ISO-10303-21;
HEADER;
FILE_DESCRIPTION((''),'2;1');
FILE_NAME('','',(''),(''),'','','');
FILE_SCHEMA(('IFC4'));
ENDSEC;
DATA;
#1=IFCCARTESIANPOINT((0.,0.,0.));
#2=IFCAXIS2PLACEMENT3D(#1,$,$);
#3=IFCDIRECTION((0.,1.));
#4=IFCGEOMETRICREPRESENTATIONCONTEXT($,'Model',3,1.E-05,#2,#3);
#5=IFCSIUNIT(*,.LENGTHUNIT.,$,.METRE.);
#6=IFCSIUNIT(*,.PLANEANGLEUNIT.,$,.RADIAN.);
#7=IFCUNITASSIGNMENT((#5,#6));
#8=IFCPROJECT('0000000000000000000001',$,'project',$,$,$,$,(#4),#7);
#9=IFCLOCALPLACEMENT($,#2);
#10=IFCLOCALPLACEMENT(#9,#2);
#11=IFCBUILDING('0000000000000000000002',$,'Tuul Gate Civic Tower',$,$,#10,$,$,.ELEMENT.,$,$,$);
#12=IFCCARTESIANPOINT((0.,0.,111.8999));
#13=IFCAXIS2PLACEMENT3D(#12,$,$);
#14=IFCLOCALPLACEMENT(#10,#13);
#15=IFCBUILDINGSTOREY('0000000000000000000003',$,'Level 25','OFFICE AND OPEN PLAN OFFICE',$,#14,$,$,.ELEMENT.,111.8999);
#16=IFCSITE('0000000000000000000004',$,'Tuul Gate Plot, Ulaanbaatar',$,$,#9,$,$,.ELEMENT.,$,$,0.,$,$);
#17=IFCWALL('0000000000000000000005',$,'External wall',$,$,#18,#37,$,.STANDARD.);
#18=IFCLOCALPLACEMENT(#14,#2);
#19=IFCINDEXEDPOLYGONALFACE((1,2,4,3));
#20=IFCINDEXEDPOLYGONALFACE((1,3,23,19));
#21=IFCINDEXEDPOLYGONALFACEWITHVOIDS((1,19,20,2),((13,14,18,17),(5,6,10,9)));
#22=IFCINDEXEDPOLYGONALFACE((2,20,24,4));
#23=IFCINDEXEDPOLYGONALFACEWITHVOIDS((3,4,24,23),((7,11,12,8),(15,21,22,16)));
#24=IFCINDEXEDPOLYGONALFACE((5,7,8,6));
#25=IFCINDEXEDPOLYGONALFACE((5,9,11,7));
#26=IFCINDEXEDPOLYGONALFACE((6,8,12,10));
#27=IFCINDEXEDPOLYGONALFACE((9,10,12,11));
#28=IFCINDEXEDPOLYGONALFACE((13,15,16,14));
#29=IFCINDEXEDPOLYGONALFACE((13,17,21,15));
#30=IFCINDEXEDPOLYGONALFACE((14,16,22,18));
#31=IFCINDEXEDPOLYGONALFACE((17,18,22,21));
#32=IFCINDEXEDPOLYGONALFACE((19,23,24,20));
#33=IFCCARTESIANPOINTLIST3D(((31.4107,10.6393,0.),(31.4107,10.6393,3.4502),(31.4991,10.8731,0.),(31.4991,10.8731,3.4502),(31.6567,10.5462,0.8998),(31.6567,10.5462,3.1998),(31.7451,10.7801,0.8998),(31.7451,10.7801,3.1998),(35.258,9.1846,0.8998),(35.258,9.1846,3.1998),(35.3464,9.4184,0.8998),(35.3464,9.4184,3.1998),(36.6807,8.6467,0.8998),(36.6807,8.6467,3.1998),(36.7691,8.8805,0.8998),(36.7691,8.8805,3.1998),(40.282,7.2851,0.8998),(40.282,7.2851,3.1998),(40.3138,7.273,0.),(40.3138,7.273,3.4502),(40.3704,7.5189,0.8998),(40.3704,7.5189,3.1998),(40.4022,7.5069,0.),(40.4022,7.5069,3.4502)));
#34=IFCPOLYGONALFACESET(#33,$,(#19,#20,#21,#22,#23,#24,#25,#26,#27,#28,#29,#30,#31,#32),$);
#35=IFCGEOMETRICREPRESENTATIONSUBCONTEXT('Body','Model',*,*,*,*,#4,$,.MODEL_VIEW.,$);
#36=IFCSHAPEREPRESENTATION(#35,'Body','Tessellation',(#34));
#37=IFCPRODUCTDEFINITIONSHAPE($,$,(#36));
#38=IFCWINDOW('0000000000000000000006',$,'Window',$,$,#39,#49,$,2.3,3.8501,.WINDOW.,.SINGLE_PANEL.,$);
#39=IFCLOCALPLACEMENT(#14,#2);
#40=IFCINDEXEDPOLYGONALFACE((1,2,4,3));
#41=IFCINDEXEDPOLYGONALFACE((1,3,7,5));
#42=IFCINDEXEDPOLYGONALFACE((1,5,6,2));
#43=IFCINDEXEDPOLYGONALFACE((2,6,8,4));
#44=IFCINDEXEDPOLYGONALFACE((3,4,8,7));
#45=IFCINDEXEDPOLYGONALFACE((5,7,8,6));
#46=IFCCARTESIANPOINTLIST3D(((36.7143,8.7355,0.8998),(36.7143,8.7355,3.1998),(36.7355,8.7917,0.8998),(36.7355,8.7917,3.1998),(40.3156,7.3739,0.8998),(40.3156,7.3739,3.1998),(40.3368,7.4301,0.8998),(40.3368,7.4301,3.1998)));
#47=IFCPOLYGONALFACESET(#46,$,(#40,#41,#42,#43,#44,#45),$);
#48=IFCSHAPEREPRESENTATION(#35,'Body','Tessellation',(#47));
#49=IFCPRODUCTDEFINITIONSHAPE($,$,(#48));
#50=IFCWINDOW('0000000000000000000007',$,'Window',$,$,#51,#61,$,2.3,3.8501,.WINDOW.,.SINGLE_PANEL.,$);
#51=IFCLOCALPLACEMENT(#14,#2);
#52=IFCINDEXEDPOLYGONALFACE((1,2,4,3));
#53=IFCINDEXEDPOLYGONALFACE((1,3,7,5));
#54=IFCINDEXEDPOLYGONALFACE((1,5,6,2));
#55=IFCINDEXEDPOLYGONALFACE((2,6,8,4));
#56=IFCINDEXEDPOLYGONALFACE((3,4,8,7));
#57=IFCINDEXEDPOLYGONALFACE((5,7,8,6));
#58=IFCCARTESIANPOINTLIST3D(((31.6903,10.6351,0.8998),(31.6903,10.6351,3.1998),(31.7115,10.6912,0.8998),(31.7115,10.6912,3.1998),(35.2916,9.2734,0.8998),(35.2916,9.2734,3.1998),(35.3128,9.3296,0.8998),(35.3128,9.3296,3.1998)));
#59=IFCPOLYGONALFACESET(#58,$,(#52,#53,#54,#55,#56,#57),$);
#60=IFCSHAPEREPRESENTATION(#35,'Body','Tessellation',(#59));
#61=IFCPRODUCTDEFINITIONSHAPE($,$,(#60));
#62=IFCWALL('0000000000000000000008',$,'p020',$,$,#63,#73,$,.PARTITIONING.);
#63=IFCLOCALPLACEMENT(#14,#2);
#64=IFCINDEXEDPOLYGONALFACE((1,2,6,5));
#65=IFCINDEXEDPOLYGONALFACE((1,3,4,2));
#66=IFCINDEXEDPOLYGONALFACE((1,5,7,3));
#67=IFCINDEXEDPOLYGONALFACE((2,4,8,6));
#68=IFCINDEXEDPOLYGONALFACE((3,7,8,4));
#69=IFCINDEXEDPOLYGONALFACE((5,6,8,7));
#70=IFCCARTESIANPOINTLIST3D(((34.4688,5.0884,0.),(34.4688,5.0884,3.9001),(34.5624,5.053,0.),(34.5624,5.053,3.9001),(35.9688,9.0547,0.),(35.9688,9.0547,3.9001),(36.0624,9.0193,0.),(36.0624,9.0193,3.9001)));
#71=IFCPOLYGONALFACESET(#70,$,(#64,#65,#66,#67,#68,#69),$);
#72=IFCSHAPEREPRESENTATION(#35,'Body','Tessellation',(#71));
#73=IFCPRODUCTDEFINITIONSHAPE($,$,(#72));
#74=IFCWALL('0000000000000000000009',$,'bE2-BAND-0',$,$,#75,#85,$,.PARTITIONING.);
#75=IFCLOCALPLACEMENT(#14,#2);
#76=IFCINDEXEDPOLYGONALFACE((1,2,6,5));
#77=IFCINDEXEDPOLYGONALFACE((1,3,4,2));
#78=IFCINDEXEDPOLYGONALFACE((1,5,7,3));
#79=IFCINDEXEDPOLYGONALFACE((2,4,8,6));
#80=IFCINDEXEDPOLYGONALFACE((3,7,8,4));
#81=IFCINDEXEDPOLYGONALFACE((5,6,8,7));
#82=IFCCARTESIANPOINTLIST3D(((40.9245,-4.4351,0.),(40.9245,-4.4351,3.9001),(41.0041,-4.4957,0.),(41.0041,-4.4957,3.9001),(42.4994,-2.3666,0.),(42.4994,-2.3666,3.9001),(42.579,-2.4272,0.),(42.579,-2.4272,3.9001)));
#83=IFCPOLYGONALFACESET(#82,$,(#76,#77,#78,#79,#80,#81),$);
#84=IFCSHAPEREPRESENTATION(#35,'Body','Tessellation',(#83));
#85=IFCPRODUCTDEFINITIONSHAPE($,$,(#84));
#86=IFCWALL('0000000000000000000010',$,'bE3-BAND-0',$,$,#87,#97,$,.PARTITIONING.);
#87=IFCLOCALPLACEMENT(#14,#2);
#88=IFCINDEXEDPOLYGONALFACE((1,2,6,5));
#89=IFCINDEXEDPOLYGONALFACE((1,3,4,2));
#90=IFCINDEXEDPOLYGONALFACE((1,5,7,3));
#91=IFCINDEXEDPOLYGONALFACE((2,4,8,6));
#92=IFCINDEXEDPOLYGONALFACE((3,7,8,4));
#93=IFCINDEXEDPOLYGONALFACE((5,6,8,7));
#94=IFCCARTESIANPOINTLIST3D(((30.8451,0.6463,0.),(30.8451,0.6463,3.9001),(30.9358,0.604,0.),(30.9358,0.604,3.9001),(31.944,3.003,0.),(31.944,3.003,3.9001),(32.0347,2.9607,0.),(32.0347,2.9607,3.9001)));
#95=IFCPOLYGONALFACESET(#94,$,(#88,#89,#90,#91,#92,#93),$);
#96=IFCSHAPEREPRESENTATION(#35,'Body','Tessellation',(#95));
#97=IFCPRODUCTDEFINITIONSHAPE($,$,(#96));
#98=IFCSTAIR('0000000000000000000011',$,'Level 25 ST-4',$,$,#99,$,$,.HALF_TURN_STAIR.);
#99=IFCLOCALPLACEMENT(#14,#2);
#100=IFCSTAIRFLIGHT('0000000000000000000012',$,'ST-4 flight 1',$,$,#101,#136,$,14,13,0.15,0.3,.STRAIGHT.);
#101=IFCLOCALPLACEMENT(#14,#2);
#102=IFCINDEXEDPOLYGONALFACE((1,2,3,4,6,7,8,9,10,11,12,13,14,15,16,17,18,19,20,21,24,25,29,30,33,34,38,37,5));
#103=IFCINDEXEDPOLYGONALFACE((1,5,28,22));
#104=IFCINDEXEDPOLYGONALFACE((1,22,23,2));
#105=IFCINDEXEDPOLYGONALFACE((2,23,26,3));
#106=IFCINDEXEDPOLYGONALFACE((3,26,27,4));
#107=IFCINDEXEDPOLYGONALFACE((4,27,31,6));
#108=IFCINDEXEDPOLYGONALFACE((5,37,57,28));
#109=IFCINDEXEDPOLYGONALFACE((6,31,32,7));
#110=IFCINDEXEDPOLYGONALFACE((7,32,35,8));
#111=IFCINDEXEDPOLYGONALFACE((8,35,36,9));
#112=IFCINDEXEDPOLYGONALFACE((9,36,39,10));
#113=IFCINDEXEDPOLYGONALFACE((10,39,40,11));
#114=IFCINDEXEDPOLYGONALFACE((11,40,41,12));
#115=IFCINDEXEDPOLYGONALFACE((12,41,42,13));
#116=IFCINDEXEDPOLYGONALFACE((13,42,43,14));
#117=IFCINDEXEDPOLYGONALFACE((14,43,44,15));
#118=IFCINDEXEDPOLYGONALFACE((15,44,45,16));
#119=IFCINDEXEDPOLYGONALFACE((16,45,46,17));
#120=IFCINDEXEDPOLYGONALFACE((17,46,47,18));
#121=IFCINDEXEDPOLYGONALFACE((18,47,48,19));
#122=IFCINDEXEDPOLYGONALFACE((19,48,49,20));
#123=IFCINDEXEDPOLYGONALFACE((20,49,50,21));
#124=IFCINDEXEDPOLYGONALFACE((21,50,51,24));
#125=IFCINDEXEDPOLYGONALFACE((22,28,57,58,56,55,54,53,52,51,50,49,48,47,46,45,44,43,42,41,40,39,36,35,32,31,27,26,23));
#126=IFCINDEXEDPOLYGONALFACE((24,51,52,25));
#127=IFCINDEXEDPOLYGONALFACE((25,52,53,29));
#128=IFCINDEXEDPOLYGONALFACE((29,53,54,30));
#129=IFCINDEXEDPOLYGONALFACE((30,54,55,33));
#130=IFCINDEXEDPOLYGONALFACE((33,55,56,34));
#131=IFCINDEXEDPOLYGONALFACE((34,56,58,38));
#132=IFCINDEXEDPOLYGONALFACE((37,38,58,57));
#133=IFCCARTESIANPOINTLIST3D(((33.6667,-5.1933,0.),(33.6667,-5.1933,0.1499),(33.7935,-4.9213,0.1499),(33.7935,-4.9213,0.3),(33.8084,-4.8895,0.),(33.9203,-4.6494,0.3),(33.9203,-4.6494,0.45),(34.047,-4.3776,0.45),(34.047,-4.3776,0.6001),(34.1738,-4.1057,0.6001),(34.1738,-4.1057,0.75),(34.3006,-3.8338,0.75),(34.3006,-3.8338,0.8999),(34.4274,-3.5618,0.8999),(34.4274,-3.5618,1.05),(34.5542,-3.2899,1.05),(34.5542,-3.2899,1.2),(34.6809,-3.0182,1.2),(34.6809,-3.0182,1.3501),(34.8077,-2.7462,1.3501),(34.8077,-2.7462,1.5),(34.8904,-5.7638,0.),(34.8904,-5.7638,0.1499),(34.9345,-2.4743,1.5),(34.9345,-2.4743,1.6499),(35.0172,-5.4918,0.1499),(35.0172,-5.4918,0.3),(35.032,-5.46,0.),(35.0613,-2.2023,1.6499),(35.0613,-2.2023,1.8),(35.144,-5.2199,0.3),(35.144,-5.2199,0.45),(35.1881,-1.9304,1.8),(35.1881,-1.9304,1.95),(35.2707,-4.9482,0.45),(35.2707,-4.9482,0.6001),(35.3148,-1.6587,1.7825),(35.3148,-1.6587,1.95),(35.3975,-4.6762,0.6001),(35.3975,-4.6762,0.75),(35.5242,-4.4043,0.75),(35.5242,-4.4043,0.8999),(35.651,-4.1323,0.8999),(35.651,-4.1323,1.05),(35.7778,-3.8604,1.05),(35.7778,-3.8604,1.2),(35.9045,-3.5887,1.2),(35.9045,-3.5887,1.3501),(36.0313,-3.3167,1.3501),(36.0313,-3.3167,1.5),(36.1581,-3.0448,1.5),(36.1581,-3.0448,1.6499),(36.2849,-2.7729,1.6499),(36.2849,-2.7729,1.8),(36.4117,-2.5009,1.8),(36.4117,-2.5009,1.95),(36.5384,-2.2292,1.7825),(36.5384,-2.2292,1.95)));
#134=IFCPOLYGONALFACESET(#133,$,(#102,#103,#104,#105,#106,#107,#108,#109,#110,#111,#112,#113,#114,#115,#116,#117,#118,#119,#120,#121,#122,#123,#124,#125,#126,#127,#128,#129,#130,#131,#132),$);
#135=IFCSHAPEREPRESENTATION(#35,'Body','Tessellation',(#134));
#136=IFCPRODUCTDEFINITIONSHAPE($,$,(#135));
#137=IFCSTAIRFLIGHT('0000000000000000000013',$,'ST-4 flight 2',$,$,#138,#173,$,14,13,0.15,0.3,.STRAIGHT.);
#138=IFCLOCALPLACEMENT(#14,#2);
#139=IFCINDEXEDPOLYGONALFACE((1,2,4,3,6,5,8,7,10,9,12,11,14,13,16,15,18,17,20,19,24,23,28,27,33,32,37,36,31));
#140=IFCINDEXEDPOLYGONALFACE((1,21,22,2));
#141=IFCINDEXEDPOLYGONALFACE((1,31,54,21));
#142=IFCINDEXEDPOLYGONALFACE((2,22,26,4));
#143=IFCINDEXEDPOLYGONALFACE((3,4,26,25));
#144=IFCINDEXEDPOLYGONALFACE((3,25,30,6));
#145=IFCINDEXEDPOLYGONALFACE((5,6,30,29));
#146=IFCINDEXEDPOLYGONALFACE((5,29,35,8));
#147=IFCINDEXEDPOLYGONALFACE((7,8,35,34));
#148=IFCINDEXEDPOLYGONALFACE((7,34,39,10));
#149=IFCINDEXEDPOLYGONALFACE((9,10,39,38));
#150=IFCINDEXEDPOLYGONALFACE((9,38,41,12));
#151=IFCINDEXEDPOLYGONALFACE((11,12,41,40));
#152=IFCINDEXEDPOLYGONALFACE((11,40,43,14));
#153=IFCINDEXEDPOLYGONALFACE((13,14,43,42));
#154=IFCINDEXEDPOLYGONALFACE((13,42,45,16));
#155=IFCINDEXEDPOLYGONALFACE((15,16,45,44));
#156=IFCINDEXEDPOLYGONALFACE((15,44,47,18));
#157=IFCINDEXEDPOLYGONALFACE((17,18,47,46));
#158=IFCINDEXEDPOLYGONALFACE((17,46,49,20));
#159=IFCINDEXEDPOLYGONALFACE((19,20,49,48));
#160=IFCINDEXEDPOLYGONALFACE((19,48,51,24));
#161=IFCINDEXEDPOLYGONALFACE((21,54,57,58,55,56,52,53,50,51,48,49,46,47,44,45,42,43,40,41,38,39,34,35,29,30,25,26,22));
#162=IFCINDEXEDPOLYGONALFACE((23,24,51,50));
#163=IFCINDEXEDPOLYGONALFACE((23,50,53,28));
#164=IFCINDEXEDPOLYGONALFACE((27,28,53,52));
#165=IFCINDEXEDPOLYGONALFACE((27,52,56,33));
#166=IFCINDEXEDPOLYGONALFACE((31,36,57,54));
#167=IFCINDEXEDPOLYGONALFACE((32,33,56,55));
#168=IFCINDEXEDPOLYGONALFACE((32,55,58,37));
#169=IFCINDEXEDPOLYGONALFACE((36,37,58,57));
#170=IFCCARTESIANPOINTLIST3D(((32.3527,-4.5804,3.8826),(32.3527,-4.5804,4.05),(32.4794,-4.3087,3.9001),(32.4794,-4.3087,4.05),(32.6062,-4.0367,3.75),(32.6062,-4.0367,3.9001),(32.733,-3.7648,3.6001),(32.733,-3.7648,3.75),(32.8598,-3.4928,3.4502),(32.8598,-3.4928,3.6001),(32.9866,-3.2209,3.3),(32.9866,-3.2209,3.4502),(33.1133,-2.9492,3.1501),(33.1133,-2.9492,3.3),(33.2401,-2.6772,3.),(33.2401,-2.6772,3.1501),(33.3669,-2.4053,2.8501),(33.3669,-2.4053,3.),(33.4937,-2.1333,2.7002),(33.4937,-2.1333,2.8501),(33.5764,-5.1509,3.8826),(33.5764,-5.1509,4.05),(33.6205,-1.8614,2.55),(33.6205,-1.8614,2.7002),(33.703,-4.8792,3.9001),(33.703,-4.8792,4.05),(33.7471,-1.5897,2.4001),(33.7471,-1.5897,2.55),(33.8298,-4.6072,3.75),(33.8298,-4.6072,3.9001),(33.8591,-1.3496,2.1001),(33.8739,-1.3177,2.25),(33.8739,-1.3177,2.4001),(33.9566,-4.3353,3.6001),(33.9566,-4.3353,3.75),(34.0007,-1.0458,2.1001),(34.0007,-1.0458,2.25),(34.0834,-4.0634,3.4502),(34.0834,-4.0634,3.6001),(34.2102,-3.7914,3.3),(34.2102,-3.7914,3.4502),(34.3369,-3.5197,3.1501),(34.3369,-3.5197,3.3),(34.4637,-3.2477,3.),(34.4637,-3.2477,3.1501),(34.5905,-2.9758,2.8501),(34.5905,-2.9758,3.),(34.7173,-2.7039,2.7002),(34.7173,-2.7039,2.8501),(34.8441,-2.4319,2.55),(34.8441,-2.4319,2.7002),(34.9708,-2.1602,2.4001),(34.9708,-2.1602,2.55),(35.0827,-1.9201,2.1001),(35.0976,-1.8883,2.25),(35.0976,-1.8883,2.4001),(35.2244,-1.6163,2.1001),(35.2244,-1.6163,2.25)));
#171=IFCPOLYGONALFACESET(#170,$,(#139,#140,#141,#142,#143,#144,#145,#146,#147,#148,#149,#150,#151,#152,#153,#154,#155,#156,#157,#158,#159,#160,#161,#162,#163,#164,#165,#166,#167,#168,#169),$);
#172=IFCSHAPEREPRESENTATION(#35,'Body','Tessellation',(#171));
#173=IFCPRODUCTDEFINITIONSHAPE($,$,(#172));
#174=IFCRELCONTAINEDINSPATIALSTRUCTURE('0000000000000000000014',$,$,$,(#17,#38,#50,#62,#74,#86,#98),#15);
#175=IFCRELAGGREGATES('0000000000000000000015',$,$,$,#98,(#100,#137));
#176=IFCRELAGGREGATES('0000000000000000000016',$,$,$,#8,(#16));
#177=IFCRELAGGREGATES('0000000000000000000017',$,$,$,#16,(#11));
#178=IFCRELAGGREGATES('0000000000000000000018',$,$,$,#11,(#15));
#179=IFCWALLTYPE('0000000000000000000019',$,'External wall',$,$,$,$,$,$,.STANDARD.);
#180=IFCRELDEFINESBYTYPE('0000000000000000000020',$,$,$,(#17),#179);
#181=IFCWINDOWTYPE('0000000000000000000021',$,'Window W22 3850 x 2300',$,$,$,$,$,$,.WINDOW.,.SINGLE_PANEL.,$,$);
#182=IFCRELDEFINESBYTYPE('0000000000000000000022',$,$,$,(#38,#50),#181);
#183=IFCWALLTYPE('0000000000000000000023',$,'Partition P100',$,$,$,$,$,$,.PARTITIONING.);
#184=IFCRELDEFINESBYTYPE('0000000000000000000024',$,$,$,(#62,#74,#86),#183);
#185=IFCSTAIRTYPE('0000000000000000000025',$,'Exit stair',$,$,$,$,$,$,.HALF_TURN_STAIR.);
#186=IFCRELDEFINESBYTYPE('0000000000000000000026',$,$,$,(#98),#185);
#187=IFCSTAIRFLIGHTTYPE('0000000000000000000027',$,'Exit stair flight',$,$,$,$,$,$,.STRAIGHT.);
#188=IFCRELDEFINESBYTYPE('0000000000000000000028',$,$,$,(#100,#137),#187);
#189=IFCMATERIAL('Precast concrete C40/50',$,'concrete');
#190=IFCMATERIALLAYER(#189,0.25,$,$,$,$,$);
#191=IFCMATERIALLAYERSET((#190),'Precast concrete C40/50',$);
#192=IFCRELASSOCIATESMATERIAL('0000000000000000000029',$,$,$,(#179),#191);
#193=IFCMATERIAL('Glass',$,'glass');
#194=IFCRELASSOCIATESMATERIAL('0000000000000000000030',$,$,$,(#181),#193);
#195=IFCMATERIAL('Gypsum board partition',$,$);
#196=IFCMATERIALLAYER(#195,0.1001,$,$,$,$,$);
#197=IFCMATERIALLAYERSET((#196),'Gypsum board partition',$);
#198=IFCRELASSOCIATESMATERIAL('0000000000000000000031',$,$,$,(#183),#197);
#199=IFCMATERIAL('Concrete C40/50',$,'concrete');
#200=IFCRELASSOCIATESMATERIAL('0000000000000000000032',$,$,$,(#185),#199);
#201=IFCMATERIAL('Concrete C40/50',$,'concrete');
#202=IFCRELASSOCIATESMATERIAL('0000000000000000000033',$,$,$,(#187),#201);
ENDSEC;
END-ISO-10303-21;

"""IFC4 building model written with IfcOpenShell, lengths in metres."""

from ifc_helpers import new_model, si_unit, direction, frame, frame_2d, origin, place, context, subcontext, project, spatial, polyline, rectangle, outline, extrude, material, layer, layer_set, type_object, element, fill, aggregate, save


model = new_model("IFC4")

# Units and contexts
model_context = context("Model", 3, precision=1e-05, world=origin(), true_north=direction((0.0, 1.0)))
body_context = subcontext(model_context, "Body", "Model", "MODEL_VIEW")
ifc_project = project(units=[si_unit("LENGTHUNIT", "METRE"), si_unit("PLANEANGLEUNIT", "RADIAN")], contexts=[model_context])

# Site, building, storey
site_placement = place(None, origin())
site = spatial("IfcSite", under=ifc_project, at=site_placement, Name="Tuul Gate Plot, Ulaanbaatar", CompositionType="ELEMENT", RefElevation=0.0)
building_placement = place(site_placement, origin())
building = spatial("IfcBuilding", under=site, at=building_placement, Name="Tuul Gate Civic Tower", CompositionType="ELEMENT")
storey_placement = place(building_placement, frame((0.0, 0.0, 111.8999)))
storey = spatial("IfcBuildingStorey", under=building, at=storey_placement, Name="Level 25", Description="OFFICE AND OPEN PLAN OFFICE", CompositionType="ELEMENT", Elevation=111.8999)

# Wall, openings, windows
ifc_material_1 = material(Name="Precast concrete C40/50", Category="concrete")
ifc_layer_1 = layer(ifc_material_1, 0.25)
ifc_layer_set_1 = layer_set([ifc_layer_1], Name="Precast concrete C40/50")
wall_type_1 = type_object("IfcWallType", Name="External wall", PredefinedType="STANDARD", material=ifc_layer_set_1)
wall_1_placement = place(storey_placement, frame((40.3582, 7.3899, 0.0), z_axis=(0.0, 0.0, 1.0), x_axis=(-0.935374, 0.35366, 0.0)))
wall_1 = element("IfcWall", 1, at=wall_1_placement, inside=storey, type_object=wall_type_1, Name="External wall", PredefinedType="STANDARD", context=body_context, shape_type="SweptSolid", body=[
    extrude(rectangle(XDim=9.5183, YDim=0.25, at=frame_2d((4.7593, 0.0))), origin(), (0.0, 0.0, 1.0), 3.4502),
])
opening_1_placement = place(wall_1_placement, frame((0.0342, 0.0, 0.8999)))
opening_1 = element("IfcOpeningElement", 2, at=opening_1_placement, cuts=wall_1, PredefinedType="OPENING", context=body_context, shape_type="SweptSolid", body=[
    extrude(rectangle(XDim=3.8501, YDim=2.3, at=frame_2d((1.925, 1.1499))), frame((0.0, 0.135, 0.0), z_axis=(0.0, -1.0, 0.0), x_axis=(1.0, 0.0, 0.0)), (0.0, 0.0, 1.0), 0.27),
])
opening_2_placement = place(wall_1_placement, frame((5.4053, 0.0, 0.8999)))
opening_2 = element("IfcOpeningElement", 3, at=opening_2_placement, cuts=wall_1, PredefinedType="OPENING", context=body_context, shape_type="SweptSolid", body=[
    extrude(rectangle(XDim=3.8501, YDim=2.3, at=frame_2d((1.925, 1.1499))), frame((0.0, 0.135, 0.0), z_axis=(0.0, -1.0, 0.0), x_axis=(1.0, 0.0, 0.0)), (0.0, 0.0, 1.0), 0.27),
])
ifc_material_2 = material(Name="Glass", Category="glass")
window_type = type_object("IfcWindowType", Name="Window W22 3850 x 2300", PartitioningType="SINGLE_PANEL", PredefinedType="WINDOW", material=ifc_material_2)
window_1_placement = place(opening_1_placement, origin())
window_1 = element("IfcWindow", 4, at=window_1_placement, inside=storey, type_object=window_type, Name="Window", OverallHeight=2.3, OverallWidth=3.8501, PartitioningType="SINGLE_PANEL", PredefinedType="WINDOW", context=body_context, shape_type="SweptSolid", body=[
    extrude(rectangle(XDim=3.8501, YDim=2.3, at=frame_2d((1.925, 1.1499))), frame((0.0, 0.03, 0.0), z_axis=(0.0, -1.0, 0.0), x_axis=(1.0, 0.0, 0.0)), (0.0, 0.0, 1.0), 0.0601),
])
fill(opening_1, window_1)
window_2_placement = place(opening_2_placement, origin())
window_2 = element("IfcWindow", 5, at=window_2_placement, inside=storey, type_object=window_type, Name="Window", OverallHeight=2.3, OverallWidth=3.8501, PartitioningType="SINGLE_PANEL", PredefinedType="WINDOW", context=body_context, shape_type="SweptSolid", body=[
    extrude(rectangle(XDim=3.8501, YDim=2.3, at=frame_2d((1.925, 1.1499))), frame((0.0, 0.03, 0.0), z_axis=(0.0, -1.0, 0.0), x_axis=(1.0, 0.0, 0.0)), (0.0, 0.0, 1.0), 0.0601),
])
fill(opening_2, window_2)

# Walls
ifc_material_3 = material(Name="Gypsum board partition")
ifc_layer_2 = layer(ifc_material_3, 0.1001)
ifc_layer_set_2 = layer_set([ifc_layer_2], Name="Gypsum board partition")
wall_type_2 = type_object("IfcWallType", Name="Partition P100", PredefinedType="PARTITIONING", material=ifc_layer_set_2)
wall_2_placement = place(storey_placement, frame((34.5156, 5.0708, 0.0), z_axis=(0.0, 0.0, 1.0), x_axis=(0.353734, 0.935346, 0.0)))
element("IfcWall", 6, at=wall_2_placement, inside=storey, type_object=wall_type_2, Name="p020", PredefinedType="PARTITIONING", context=body_context, shape_type="SweptSolid", body=[
    extrude(rectangle(XDim=4.2405, YDim=0.1001, at=frame_2d((2.1201, 0.0))), origin(), (0.0, 0.0, 1.0), 3.9001),
])
wall_3_placement = place(storey_placement, frame((40.9644, -4.4653, 0.0), z_axis=(0.0, 0.0, 1.0), x_axis=(0.605769, 0.795641, 0.0)))
element("IfcWall", 7, at=wall_3_placement, inside=storey, type_object=wall_type_2, Name="bE2-BAND-0", PredefinedType="PARTITIONING", context=body_context, shape_type="SweptSolid", body=[
    extrude(rectangle(XDim=2.5999, YDim=0.1001, at=frame_2d((1.2998, 0.0))), origin(), (0.0, 0.0, 1.0), 3.9001),
])
wall_4_placement = place(storey_placement, frame((30.8904, 0.625, 0.0), z_axis=(0.0, 0.0, 1.0), x_axis=(0.422598, 0.906317, 0.0)))
element("IfcWall", 8, at=wall_4_placement, inside=storey, type_object=wall_type_2, Name="bE3-BAND-0", PredefinedType="PARTITIONING", context=body_context, shape_type="SweptSolid", body=[
    extrude(rectangle(XDim=2.6003, YDim=0.1001, at=frame_2d((1.3003, 0.0))), origin(), (0.0, 0.0, 1.0), 3.9001),
])

# Stair, stair flights
ifc_material_4 = material(Name="Concrete C40/50", Category="concrete")
stair_type = type_object("IfcStairType", Name="Exit stair", PredefinedType="HALF_TURN_STAIR", material=ifc_material_4)
stair_placement = place(storey_placement, origin())
stair = element("IfcStair", 9, at=stair_placement, inside=storey, type_object=stair_type, Name="Level 25 ST-4", PredefinedType="HALF_TURN_STAIR")
ifc_material_5 = material(Name="Concrete C40/50", Category="concrete")
stair_flight_type = type_object("IfcStairFlightType", Name="Exit stair flight", PredefinedType="STRAIGHT", material=ifc_material_5)
stair_flight_1_placement = place(storey_placement, frame((34.2786, -5.4785, 0.0), z_axis=(0.0, 0.0, 1.0), x_axis=(0.422576, 0.906327, 0.0)))
stair_flight_1 = element("IfcStairFlight", 10, at=stair_flight_1_placement, type_object=stair_flight_type, Name="ST-4 flight 1", NumberOfRisers=14, NumberOfTreads=13, PredefinedType="STRAIGHT", RiserHeight=0.15, TreadLength=0.3, context=body_context, shape_type="SweptSolid", body=[
    extrude(outline(polyline([(0.0, 0.0), (0.0, 0.1499), (0.3, 0.1499), (0.3, 0.3), (0.6001, 0.3), (0.6001, 0.45), (0.8999, 0.45), (0.8999, 0.6001), (1.2, 0.6001), (1.2, 0.75), (1.5, 0.75), (1.5, 0.8999), (1.8, 0.8999), (1.8, 1.05), (2.1001, 1.05), (2.1001, 1.2), (2.3999, 1.2), (2.3999, 1.3501), (2.7, 1.3501), (2.7, 1.5), (3.0, 1.5), (3.0, 1.6499), (3.3, 1.6499), (3.3, 1.8), (3.6001, 1.8), (3.6001, 1.95), (3.8999, 1.95), (3.8999, 2.1001), (3.8999, 1.7825), (0.3352, 0.0), (0.0, 0.0)])), frame((0.0, 0.675, 0.0), z_axis=(0.0, -1.0, 0.0), x_axis=(1.0, 0.0, 0.0)), (0.0, 0.0, 1.0), 1.3501),
])
stair_flight_2_placement = place(storey_placement, frame((34.6125, -1.3311, 2.1001), z_axis=(0.0, 0.0, 1.0), x_axis=(-0.422576, -0.906327, 0.0)))
stair_flight_2 = element("IfcStairFlight", 11, at=stair_flight_2_placement, type_object=stair_flight_type, Name="ST-4 flight 2", NumberOfRisers=14, NumberOfTreads=13, PredefinedType="STRAIGHT", RiserHeight=0.15, TreadLength=0.3, context=body_context, shape_type="SweptSolid", body=[
    extrude(outline(polyline([(0.0, 0.0), (0.0, 0.1499), (0.3, 0.1499), (0.3, 0.3), (0.6001, 0.3), (0.6001, 0.45), (0.8999, 0.45), (0.8999, 0.6001), (1.2, 0.6001), (1.2, 0.75), (1.5, 0.75), (1.5, 0.8999), (1.8, 0.8999), (1.8, 1.05), (2.1001, 1.05), (2.1001, 1.2), (2.3999, 1.2), (2.3999, 1.3501), (2.7, 1.3501), (2.7, 1.5), (3.0, 1.5), (3.0, 1.6499), (3.3, 1.6499), (3.3, 1.8), (3.6001, 1.8), (3.6001, 1.95), (3.8999, 1.95), (3.8999, 2.1001), (3.8999, 1.7825), (0.3352, 0.0), (0.0, 0.0)])), frame((0.0, 0.675, 0.0), z_axis=(0.0, -1.0, 0.0), x_axis=(1.0, 0.0, 0.0)), (0.0, 0.0, 1.0), 1.3501),
])
aggregate(stair, [stair_flight_1, stair_flight_2])

save(model, "model.ifc")
